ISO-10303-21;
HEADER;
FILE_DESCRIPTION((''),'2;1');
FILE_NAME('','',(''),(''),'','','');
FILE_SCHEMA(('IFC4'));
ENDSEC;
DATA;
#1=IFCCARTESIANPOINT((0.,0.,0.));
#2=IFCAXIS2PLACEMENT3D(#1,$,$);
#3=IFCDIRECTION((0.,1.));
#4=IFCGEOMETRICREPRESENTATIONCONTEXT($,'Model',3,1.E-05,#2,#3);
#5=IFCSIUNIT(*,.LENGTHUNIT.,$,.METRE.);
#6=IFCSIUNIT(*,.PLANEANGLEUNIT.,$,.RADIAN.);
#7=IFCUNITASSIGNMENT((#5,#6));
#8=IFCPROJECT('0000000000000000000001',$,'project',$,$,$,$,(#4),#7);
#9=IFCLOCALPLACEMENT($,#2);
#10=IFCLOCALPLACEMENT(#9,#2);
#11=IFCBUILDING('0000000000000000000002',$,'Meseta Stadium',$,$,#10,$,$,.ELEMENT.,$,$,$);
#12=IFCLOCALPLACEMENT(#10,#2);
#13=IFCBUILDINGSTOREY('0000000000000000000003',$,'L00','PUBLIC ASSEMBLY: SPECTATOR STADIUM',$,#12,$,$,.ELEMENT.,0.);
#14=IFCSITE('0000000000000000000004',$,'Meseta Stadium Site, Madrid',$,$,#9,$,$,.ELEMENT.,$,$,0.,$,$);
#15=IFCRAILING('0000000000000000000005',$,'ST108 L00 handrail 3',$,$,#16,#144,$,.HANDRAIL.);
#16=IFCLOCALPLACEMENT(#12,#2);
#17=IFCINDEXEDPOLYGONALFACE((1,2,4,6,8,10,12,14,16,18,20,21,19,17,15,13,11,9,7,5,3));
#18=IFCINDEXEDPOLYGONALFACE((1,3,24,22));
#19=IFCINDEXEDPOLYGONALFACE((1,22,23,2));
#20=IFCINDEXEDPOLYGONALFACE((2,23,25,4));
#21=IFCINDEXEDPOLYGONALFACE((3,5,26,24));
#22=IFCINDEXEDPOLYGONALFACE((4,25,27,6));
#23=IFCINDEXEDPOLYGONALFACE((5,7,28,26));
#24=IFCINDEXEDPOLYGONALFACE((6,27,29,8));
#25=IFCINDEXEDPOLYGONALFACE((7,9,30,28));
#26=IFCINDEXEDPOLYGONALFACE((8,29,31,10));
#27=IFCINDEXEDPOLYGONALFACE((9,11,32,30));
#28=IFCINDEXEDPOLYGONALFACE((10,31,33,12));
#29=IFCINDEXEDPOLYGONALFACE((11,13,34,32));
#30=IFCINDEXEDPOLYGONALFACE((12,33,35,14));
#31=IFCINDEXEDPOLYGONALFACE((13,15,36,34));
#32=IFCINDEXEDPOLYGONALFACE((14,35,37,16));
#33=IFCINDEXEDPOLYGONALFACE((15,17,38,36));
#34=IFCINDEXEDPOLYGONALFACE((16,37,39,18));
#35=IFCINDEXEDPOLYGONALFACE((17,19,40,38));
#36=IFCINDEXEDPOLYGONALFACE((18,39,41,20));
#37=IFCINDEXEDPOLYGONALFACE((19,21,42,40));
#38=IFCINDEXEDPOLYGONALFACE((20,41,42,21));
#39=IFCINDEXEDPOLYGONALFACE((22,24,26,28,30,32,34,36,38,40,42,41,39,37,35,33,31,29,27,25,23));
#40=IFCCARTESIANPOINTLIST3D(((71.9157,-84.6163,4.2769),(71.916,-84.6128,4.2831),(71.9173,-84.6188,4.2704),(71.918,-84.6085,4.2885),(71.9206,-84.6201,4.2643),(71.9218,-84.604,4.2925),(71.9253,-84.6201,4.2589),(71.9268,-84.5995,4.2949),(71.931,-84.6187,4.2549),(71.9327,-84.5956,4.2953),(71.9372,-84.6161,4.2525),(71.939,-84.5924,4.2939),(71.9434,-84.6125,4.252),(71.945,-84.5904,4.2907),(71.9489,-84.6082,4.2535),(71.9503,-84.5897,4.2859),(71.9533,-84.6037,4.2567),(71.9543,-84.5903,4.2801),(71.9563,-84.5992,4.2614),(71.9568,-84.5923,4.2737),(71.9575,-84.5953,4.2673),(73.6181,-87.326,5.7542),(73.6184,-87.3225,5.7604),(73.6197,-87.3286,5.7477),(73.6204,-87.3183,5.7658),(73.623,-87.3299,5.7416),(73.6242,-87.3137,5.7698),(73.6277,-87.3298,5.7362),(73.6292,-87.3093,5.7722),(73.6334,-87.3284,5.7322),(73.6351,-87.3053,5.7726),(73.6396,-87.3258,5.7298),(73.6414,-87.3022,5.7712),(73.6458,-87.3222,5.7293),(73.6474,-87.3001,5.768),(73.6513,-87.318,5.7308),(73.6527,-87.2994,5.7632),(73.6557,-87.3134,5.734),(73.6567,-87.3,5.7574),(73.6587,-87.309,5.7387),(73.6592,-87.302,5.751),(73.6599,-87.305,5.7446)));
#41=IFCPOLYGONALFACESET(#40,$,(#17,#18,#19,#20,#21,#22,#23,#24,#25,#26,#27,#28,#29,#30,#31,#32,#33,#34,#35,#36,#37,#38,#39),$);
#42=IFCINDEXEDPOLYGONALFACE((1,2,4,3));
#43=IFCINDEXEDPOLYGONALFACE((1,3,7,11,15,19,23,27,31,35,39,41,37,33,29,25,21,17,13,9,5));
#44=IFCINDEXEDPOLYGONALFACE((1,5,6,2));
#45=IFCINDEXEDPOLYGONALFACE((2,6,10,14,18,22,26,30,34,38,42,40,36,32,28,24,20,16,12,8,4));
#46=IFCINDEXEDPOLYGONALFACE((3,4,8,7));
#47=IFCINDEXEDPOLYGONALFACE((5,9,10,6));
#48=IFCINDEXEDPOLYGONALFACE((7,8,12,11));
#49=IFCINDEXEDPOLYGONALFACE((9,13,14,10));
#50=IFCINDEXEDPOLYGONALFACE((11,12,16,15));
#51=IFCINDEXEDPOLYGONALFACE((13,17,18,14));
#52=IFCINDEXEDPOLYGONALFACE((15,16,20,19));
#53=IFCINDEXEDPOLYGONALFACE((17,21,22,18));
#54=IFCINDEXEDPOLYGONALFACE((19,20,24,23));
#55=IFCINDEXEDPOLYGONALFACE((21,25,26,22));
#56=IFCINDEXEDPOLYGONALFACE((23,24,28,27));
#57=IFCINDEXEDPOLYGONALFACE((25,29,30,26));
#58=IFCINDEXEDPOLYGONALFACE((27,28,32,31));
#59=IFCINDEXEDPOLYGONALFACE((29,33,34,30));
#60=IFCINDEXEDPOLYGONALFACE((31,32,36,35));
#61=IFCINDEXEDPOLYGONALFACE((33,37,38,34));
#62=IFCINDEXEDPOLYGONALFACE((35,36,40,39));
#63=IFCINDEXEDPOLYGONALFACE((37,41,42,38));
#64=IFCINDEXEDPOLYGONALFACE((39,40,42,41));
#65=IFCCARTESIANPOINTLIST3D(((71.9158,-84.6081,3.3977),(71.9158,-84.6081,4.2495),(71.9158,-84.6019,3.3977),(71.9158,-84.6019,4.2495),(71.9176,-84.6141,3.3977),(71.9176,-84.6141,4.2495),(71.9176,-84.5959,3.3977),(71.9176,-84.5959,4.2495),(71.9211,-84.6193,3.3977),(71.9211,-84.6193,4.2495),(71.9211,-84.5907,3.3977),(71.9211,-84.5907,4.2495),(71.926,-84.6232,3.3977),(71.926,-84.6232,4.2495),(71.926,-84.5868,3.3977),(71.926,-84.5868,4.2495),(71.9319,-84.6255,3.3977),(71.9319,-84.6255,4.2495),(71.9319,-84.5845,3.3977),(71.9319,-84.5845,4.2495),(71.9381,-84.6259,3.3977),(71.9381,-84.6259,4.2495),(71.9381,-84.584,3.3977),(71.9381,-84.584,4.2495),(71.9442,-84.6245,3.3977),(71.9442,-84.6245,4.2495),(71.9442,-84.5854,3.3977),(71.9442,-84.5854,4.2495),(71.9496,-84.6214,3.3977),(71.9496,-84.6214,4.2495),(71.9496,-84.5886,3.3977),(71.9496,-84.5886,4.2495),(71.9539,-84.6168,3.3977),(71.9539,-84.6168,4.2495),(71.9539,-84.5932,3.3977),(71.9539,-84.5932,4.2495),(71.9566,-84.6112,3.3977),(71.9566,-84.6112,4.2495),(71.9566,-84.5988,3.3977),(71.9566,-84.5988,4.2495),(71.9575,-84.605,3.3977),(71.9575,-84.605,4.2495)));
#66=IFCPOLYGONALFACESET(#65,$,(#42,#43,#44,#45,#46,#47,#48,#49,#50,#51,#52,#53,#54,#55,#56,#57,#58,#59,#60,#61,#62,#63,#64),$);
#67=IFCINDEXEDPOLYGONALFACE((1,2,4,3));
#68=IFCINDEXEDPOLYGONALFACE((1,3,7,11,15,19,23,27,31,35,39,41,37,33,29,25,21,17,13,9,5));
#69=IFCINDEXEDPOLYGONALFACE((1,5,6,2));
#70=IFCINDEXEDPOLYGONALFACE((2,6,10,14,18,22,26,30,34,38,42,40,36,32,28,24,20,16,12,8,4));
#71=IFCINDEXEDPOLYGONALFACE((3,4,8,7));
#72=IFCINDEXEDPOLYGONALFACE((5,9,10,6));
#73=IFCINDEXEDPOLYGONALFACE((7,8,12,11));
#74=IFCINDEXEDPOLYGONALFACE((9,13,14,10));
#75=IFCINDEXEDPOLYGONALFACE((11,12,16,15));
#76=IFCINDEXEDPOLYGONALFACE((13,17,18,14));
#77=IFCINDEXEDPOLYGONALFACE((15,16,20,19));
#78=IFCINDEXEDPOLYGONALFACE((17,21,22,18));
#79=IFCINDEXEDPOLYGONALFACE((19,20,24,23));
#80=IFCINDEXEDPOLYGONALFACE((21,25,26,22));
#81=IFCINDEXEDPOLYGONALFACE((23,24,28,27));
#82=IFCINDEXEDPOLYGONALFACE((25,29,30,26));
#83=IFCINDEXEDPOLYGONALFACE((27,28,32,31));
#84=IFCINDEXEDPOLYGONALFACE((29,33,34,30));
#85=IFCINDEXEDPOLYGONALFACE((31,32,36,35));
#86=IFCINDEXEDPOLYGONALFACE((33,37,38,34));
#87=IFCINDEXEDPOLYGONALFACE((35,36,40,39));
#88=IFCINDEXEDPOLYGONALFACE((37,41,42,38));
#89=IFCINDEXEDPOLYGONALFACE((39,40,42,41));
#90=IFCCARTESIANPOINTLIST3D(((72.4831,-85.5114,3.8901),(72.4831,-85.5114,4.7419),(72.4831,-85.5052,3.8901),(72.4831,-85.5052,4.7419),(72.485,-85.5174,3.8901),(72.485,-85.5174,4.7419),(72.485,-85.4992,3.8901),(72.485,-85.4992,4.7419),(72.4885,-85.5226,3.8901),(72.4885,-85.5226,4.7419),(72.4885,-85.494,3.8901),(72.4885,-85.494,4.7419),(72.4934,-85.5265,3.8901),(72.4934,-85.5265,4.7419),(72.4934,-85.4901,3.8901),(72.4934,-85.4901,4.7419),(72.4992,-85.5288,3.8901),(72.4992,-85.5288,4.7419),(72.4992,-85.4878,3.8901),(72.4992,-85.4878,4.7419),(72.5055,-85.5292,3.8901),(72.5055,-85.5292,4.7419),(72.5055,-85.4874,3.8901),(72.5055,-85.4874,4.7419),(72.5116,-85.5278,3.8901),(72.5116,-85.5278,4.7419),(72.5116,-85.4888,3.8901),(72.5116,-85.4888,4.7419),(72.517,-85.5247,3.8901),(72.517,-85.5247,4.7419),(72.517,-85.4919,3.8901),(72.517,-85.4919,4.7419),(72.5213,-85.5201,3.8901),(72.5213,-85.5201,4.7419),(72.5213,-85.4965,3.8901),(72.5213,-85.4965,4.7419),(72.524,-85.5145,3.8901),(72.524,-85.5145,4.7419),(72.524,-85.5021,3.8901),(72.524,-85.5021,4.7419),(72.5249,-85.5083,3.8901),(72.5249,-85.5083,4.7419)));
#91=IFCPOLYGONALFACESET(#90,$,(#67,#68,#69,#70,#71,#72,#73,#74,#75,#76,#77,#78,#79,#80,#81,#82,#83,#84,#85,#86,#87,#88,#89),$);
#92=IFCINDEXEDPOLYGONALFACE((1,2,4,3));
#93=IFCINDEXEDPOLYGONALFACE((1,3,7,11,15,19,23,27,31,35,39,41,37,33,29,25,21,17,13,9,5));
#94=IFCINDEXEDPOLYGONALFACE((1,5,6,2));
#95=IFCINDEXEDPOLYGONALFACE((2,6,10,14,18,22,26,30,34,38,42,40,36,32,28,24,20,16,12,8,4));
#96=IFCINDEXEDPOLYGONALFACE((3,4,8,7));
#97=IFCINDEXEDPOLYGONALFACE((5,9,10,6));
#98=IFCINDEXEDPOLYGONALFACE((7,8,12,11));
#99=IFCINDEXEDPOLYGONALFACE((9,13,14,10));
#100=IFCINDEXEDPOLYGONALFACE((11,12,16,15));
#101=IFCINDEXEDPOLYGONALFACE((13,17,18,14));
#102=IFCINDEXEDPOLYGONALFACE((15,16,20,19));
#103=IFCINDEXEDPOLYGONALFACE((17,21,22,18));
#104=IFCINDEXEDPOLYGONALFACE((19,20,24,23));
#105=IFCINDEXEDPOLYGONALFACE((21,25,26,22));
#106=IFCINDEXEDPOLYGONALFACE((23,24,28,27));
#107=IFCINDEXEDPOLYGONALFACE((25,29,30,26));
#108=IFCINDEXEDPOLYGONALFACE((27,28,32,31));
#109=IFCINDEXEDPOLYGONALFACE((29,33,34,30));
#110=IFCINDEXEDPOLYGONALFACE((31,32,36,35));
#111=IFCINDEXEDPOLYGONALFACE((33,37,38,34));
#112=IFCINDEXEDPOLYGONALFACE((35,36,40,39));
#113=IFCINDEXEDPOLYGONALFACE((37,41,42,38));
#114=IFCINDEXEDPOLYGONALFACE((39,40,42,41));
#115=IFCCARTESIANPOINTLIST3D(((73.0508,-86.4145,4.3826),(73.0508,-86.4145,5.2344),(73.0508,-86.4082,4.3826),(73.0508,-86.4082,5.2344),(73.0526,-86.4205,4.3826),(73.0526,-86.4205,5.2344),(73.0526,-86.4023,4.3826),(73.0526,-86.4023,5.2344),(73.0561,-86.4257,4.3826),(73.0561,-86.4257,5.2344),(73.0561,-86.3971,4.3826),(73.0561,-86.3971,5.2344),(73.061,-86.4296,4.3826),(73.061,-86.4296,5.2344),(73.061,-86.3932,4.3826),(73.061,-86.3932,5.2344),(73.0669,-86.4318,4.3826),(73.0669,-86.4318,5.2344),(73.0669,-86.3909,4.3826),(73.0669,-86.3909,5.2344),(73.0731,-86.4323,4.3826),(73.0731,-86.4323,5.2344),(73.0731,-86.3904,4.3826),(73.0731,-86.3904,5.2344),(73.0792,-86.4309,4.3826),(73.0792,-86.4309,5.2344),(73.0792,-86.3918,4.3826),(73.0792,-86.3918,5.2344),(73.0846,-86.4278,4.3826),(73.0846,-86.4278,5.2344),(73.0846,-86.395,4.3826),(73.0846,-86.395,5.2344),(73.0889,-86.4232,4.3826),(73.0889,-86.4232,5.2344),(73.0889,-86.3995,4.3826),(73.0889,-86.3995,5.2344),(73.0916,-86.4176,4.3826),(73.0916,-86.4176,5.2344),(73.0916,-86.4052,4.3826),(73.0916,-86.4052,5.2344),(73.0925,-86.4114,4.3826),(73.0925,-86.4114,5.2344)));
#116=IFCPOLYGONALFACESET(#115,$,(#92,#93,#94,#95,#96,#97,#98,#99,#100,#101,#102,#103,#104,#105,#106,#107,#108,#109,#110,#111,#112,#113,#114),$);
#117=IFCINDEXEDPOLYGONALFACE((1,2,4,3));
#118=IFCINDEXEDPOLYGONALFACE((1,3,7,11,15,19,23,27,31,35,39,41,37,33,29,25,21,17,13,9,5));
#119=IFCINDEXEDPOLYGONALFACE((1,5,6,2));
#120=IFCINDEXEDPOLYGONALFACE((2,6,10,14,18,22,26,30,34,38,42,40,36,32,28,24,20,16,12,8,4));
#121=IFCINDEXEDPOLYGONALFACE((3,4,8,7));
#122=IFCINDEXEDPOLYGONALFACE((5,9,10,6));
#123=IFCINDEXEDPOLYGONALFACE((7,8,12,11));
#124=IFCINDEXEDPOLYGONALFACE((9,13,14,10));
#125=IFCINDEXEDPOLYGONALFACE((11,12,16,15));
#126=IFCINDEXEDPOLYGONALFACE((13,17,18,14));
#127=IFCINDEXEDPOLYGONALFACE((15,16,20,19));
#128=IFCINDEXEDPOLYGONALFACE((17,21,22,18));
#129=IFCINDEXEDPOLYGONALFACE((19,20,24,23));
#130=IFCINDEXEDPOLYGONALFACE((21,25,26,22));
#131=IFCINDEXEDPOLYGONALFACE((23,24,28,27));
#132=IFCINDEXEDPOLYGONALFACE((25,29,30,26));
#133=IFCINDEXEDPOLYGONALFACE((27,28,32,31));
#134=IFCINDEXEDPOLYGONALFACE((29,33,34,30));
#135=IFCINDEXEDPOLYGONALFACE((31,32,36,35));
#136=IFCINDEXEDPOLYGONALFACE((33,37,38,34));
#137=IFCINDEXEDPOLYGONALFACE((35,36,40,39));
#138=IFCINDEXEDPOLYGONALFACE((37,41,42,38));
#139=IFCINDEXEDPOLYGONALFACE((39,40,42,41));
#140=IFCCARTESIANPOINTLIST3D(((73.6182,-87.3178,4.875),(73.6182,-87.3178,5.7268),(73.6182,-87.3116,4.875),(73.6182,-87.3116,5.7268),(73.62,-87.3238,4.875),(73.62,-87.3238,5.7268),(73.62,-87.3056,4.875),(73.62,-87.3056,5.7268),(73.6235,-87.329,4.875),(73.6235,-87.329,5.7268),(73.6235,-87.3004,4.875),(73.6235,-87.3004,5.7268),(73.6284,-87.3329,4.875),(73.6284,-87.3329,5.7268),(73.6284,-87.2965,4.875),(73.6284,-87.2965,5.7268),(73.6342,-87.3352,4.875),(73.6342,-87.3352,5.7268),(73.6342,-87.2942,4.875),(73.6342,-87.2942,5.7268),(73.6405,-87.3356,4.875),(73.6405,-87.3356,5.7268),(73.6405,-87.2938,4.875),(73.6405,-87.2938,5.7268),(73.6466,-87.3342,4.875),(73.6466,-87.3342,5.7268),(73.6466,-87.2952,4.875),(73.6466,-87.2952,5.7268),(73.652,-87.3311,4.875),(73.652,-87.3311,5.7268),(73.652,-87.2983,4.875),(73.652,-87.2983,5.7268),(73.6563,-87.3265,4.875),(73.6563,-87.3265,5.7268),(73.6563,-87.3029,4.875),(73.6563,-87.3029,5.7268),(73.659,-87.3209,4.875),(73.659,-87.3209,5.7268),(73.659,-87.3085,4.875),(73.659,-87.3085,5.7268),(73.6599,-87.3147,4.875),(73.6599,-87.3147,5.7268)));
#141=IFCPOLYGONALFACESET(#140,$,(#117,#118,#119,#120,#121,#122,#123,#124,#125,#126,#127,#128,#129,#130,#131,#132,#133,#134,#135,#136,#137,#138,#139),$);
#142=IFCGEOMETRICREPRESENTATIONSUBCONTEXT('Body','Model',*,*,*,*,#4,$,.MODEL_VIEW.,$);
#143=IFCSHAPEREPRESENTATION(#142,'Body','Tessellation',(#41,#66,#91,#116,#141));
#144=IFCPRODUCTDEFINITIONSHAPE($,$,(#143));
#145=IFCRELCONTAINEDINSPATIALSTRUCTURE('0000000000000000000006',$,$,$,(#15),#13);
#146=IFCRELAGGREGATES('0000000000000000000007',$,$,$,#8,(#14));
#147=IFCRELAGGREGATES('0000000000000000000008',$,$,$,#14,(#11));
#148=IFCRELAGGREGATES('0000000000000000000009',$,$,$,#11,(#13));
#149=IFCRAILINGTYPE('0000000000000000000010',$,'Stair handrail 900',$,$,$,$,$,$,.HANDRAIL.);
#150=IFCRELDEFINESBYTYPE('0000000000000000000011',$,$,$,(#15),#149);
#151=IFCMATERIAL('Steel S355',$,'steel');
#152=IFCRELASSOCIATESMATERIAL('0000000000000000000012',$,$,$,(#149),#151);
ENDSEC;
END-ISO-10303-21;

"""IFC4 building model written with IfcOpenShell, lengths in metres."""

from ifc_helpers import new_model, si_unit, direction, frame, origin, origin_2d, place, context, subcontext, project, spatial, circle, extrude, material, type_object, element, save


model = new_model("IFC4")

# Units and contexts
model_context = context("Model", 3, precision=1e-05, world=origin(), true_north=direction((0.0, 1.0)))
body_context = subcontext(model_context, "Body", "Model", "MODEL_VIEW")
ifc_project = project(units=[si_unit("LENGTHUNIT", "METRE"), si_unit("PLANEANGLEUNIT", "RADIAN")], contexts=[model_context])

# Site, building, storey
site_placement = place(None, origin())
site = spatial("IfcSite", under=ifc_project, at=site_placement, Name="Meseta Stadium Site, Madrid", CompositionType="ELEMENT", RefElevation=0.0)
building_placement = place(site_placement, origin())
building = spatial("IfcBuilding", under=site, at=building_placement, Name="Meseta Stadium", CompositionType="ELEMENT")
storey_placement = place(building_placement, origin())
storey = spatial("IfcBuildingStorey", under=building, at=storey_placement, Name="L00", Description="PUBLIC ASSEMBLY: SPECTATOR STADIUM", CompositionType="ELEMENT", Elevation=0.0)

# Railing
ifc_material_1 = material(Name="Steel S355", Category="steel")
railing_type_1 = type_object("IfcRailingType", Name="Stair handrail 900", PredefinedType="HANDRAIL", material=ifc_material_1)
for number, where, name in (
    (1, (71.9365, -84.605, 3.3977), "ST108 L00 handrail 3"),
):
    element("IfcRailing", number, at=place(storey_placement, frame(where)), inside=storey, type_object=railing_type_1, Name=name, PredefinedType="HANDRAIL", context=body_context, shape_type="SweptSolid", body=[
        extrude(circle(Radius=0.0239, at=origin_2d()), frame((0.0, 0.0, 0.876), z_axis=(0.482997, -0.768792, 0.419133), x_axis=(0.846757, 0.531979, 0.0)), (0.0, 0.0, 1.0), 3.5247),
        extrude(circle(Radius=0.021, at=origin_2d()), origin(), (0.0, 0.0, 1.0), 0.8518),
        extrude(circle(Radius=0.021, at=origin_2d()), frame((0.5674, -0.9033, 0.4924)), (0.0, 0.0, 1.0), 0.8518),
        extrude(circle(Radius=0.021, at=origin_2d()), frame((1.135, -1.8064, 0.9849)), (0.0, 0.0, 1.0), 0.8518),
        extrude(circle(Radius=0.021, at=origin_2d()), frame((1.7024, -2.7097, 1.4773)), (0.0, 0.0, 1.0), 0.8518),
    ])

save(model, "model.ifc")
